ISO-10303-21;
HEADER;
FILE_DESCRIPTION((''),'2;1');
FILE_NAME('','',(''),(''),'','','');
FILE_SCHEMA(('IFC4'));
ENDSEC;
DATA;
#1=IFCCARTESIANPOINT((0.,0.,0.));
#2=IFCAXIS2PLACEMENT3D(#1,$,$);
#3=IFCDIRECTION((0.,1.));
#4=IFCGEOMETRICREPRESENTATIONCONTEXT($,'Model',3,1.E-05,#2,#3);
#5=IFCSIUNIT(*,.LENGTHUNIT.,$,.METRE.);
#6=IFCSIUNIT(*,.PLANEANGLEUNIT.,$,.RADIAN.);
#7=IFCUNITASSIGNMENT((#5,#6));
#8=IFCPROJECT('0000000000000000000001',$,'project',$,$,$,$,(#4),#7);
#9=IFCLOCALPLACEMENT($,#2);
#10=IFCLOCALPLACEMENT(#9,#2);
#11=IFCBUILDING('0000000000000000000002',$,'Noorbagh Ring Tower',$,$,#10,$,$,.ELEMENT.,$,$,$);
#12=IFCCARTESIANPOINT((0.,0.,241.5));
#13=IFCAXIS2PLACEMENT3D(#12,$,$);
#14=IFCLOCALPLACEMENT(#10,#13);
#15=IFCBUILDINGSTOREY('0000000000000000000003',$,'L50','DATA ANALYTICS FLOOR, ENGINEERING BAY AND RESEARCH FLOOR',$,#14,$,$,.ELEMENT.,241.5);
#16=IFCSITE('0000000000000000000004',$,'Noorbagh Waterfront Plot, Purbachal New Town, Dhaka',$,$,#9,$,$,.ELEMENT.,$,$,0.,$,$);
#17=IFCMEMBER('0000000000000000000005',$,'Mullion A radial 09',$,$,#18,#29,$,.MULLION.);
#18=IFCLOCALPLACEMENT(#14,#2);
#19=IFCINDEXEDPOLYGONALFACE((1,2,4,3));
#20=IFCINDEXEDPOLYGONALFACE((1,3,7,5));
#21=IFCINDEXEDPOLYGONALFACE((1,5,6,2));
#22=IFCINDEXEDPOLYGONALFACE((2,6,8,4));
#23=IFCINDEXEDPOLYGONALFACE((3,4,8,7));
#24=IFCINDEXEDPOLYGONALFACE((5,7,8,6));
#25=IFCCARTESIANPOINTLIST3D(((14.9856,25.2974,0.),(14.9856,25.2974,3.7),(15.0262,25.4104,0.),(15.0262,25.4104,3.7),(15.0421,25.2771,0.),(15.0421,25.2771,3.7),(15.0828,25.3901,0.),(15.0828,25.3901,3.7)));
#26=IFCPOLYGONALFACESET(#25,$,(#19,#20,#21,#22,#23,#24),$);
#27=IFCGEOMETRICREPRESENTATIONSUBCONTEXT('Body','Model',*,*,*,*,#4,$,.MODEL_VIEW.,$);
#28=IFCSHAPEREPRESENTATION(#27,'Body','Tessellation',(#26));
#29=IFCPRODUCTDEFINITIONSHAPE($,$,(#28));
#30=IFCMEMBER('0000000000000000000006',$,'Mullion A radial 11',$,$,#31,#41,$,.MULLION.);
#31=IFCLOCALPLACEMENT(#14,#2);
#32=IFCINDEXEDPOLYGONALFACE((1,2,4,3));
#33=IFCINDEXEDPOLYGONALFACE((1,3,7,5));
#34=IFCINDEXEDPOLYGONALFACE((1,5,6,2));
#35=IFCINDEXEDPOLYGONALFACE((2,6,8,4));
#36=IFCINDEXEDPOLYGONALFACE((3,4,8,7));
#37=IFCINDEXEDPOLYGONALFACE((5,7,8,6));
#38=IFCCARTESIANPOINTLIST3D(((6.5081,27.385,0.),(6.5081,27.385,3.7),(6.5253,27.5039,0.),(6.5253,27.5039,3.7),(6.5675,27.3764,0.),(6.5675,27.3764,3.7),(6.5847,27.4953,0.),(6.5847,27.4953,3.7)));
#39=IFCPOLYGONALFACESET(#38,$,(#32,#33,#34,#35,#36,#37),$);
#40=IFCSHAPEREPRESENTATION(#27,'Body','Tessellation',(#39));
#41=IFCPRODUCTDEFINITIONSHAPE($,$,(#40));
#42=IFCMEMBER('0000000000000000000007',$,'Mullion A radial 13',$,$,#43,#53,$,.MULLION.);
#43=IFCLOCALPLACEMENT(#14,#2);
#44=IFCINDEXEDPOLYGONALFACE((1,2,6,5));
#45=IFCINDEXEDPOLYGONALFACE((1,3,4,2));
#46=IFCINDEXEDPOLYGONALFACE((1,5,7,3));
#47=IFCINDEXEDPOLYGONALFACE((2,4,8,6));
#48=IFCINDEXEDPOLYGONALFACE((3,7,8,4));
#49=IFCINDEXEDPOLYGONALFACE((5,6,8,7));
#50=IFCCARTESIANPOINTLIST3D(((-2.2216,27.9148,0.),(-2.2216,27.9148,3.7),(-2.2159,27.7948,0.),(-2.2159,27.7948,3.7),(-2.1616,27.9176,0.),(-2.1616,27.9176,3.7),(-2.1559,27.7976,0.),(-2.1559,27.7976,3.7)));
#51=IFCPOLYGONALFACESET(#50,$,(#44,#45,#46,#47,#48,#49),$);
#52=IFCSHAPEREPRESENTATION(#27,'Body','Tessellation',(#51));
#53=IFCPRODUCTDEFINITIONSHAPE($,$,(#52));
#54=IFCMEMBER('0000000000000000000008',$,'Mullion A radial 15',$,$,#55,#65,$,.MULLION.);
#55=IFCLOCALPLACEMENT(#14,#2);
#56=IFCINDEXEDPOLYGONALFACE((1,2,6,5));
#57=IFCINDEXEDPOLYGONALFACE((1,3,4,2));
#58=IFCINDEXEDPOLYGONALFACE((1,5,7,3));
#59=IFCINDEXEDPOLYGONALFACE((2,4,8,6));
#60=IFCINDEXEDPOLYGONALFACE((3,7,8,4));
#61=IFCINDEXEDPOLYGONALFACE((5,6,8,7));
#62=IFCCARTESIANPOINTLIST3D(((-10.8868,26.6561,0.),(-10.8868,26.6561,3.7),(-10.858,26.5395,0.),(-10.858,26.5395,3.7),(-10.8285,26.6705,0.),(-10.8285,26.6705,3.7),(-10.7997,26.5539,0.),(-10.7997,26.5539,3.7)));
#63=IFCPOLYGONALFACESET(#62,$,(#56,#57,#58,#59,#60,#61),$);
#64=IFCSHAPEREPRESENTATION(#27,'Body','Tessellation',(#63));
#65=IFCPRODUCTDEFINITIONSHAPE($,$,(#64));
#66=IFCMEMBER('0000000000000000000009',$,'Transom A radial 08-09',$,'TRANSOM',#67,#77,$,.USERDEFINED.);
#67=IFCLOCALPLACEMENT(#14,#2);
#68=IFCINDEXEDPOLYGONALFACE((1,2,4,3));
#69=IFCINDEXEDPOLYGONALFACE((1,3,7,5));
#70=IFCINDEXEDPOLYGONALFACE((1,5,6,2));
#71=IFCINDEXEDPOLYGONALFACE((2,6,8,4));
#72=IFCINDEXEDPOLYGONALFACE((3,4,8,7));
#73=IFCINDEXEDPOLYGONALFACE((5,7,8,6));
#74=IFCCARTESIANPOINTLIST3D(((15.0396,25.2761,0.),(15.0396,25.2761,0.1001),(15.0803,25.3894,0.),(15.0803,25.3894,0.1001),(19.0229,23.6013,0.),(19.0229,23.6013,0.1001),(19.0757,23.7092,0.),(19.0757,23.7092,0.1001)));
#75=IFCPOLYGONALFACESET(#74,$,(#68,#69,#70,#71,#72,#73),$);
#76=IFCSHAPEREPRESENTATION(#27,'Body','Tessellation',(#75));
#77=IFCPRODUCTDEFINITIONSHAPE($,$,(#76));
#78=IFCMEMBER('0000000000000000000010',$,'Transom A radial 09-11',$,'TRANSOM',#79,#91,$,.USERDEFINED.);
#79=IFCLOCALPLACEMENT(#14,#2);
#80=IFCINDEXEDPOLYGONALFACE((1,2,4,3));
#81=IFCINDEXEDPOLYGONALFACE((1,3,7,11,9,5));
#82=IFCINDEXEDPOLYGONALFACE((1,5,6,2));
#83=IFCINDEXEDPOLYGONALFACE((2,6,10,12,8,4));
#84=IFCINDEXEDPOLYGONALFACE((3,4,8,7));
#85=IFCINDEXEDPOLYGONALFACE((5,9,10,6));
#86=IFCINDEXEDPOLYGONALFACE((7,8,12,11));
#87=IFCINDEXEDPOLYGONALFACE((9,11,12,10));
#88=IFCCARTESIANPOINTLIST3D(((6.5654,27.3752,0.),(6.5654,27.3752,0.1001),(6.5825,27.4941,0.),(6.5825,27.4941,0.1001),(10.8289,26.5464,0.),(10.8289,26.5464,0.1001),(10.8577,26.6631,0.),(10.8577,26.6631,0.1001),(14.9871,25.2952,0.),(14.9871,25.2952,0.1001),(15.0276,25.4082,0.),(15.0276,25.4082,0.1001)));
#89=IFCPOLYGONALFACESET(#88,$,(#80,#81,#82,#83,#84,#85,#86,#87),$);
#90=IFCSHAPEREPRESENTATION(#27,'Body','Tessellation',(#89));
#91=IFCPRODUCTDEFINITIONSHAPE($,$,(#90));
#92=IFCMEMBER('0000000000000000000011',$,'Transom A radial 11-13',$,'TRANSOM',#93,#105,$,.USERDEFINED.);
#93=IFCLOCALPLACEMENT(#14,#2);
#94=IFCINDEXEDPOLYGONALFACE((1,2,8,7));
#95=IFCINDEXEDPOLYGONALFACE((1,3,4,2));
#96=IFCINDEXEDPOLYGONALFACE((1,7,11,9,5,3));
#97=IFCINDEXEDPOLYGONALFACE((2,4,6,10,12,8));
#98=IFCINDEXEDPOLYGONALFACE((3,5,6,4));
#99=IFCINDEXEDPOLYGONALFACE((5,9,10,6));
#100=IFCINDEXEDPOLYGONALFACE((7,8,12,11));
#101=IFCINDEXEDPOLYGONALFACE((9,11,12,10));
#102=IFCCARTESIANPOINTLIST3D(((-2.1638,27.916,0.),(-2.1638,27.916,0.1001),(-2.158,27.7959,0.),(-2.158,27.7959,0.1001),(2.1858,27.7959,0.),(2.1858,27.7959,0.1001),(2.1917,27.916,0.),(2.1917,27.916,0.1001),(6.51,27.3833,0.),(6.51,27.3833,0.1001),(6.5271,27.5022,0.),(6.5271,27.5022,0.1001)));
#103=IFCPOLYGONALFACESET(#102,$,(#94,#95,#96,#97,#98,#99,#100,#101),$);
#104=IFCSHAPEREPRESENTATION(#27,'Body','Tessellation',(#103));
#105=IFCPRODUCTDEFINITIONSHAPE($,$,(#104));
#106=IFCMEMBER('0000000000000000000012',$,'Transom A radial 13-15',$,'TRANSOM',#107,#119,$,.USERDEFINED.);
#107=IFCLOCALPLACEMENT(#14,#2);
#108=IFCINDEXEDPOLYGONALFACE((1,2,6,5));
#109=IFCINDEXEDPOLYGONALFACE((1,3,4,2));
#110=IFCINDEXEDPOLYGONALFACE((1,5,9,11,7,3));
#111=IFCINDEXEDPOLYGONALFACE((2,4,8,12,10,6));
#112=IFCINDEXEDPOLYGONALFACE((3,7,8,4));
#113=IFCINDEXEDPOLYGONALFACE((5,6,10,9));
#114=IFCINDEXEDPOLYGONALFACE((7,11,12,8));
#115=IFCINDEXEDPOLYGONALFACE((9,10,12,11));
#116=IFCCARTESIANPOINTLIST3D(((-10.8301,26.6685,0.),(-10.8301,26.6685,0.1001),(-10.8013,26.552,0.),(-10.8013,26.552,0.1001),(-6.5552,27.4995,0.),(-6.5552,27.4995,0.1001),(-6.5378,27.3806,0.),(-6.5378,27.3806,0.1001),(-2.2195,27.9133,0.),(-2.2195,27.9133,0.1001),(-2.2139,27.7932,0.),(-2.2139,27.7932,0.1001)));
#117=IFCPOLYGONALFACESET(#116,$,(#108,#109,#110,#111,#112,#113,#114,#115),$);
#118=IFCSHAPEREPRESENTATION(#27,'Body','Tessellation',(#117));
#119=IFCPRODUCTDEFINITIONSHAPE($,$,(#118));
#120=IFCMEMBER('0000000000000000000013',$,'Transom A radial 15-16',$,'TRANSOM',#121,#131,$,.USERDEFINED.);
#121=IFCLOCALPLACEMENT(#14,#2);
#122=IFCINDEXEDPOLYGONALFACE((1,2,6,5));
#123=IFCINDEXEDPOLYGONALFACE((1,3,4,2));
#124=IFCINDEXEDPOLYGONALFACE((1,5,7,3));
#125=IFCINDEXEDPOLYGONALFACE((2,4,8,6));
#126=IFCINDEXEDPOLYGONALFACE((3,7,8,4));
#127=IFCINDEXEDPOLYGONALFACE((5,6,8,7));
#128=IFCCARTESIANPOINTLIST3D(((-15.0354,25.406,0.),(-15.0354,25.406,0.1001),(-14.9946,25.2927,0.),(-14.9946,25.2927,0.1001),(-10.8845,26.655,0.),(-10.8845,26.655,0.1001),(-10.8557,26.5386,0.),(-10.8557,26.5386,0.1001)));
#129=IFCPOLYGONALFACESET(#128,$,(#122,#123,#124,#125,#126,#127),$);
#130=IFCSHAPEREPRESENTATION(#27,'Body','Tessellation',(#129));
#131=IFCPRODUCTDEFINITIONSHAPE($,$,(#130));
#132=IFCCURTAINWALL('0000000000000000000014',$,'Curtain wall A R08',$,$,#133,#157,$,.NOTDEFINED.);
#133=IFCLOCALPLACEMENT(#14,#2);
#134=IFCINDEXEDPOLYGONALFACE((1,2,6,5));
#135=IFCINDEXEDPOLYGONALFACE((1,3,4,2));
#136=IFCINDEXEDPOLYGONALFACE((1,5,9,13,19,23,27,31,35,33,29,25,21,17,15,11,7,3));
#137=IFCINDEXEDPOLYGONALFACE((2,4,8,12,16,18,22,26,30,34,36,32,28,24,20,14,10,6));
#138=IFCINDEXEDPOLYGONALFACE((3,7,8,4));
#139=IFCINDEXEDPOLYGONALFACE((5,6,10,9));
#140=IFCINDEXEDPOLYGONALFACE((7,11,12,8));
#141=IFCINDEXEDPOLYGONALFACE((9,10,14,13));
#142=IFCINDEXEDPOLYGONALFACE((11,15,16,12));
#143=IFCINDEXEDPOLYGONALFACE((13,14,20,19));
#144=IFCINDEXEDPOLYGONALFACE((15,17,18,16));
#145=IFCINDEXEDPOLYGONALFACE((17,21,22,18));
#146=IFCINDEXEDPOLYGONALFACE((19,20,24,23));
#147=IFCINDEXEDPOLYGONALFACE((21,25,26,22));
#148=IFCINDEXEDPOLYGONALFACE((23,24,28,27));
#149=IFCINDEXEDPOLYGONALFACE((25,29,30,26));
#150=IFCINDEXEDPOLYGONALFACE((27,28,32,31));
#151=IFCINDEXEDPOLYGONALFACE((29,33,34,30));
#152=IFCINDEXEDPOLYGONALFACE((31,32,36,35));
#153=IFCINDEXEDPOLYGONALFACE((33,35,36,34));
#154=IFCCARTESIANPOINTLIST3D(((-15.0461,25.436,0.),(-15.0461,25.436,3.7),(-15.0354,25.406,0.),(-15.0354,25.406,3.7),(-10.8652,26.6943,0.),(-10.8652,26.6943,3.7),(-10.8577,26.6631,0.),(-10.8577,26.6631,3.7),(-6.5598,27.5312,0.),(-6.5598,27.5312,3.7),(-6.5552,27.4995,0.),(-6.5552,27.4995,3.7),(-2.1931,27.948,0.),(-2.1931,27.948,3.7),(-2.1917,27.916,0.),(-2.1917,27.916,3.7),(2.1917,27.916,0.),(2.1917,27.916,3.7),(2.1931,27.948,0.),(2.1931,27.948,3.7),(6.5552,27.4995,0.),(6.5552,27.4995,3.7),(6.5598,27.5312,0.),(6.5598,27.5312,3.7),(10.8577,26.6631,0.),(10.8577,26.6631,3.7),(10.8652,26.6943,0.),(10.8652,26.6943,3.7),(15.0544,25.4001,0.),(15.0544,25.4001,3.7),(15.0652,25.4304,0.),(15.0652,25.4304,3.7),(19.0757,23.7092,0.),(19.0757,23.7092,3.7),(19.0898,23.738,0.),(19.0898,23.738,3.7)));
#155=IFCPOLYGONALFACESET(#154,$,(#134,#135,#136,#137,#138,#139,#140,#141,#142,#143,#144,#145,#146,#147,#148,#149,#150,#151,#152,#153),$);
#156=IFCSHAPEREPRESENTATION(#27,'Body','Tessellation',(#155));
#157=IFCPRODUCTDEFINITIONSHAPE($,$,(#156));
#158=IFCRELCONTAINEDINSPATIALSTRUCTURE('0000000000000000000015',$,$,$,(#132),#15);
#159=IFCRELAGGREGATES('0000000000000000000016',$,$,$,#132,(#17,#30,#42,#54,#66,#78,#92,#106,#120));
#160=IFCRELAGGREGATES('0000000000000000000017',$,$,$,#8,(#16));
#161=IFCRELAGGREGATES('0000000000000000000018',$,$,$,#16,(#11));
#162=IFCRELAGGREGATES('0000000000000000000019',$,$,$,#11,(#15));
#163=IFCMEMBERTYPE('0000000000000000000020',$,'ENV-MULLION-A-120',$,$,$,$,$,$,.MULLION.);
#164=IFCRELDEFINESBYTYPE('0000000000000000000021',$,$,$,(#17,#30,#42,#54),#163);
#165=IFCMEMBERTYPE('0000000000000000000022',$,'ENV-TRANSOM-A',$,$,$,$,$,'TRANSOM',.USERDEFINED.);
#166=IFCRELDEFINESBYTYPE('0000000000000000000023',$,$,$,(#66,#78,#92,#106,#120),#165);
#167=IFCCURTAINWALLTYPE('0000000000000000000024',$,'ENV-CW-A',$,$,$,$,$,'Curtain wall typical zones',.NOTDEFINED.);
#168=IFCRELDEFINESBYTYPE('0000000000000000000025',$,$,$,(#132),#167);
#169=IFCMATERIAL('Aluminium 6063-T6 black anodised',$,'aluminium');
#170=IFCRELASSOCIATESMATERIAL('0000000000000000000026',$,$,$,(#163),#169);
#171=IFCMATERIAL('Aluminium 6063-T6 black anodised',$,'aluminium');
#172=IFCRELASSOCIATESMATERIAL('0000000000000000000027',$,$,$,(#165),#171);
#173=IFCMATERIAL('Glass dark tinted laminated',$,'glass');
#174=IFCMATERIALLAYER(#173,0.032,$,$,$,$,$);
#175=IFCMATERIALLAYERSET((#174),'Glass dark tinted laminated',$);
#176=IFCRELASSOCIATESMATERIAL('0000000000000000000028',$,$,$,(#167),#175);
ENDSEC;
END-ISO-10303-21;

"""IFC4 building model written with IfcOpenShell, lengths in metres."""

from ifc_helpers import new_model, si_unit, direction, frame, origin, origin_2d, place, context, subcontext, project, spatial, polyline, rectangle, outline, extrude, material, layer, layer_set, material_profile, profile_set, type_object, element, aggregate, save


model = new_model("IFC4")

# Units and contexts
model_context = context("Model", 3, precision=1e-05, world=origin(), true_north=direction((0.0, 1.0)))
body_context = subcontext(model_context, "Body", "Model", "MODEL_VIEW")
ifc_project = project(units=[si_unit("LENGTHUNIT", "METRE"), si_unit("PLANEANGLEUNIT", "RADIAN")], contexts=[model_context])

# Members
ifc_material_1 = material(Name="Aluminium 6063-T6 black anodised", Category="aluminium")
ifc_material_profile = material_profile(ifc_material_1, rectangle(XDim=0.1201, YDim=0.0601, at=origin_2d()), Name="120x60")
ifc_profile_set = profile_set([ifc_material_profile], Name="Aluminium 6063-T6 black anodised")
member_type_1 = type_object("IfcMemberType", Name="ENV-MULLION-A-120", PredefinedType="MULLION", material=ifc_profile_set)
site_placement = place(None, origin())
building_placement = place(site_placement, origin())
storey_placement = place(building_placement, frame((0.0, 0.0, 241.5)))
member_1_placement = place(storey_placement, frame((15.0342, 25.3438, 0.0), z_axis=(0.0, 0.0, 1.0), x_axis=(-0.338379, -0.94101, 0.0)))
member_1 = element("IfcMember", 1, at=member_1_placement, type_object=member_type_1, Name="Mullion A radial 09", PredefinedType="MULLION", context=body_context, shape_type="SweptSolid", body=[
    extrude(rectangle(XDim=0.1201, YDim=0.0601, at=origin_2d()), origin(), (0.0, 0.0, 1.0), 3.7),
])
member_2_placement = place(storey_placement, frame((6.5464, 27.4402, 0.0), z_axis=(0.0, 0.0, 1.0), x_axis=(-0.143082, -0.989711, 0.0)))
member_2 = element("IfcMember", 2, at=member_2_placement, type_object=member_type_1, Name="Mullion A radial 11", PredefinedType="MULLION", context=body_context, shape_type="SweptSolid", body=[
    extrude(rectangle(XDim=0.1201, YDim=0.0601, at=origin_2d()), origin(), (0.0, 0.0, 1.0), 3.7),
])
member_3_placement = place(storey_placement, frame((-2.1887, 27.8562, 0.0), z_axis=(0.0, 0.0, 1.0), x_axis=(0.047558, -0.998868, 0.0)))
member_3 = element("IfcMember", 3, at=member_3_placement, type_object=member_type_1, Name="Mullion A radial 13", PredefinedType="MULLION", context=body_context, shape_type="SweptSolid", body=[
    extrude(rectangle(XDim=0.1201, YDim=0.0601, at=origin_2d()), origin(), (0.0, 0.0, 1.0), 3.7),
])
member_4_placement = place(storey_placement, frame((-10.8433, 26.605, 0.0), z_axis=(0.0, 0.0, 1.0), x_axis=(0.239799, -0.970823, 0.0)))
member_4 = element("IfcMember", 4, at=member_4_placement, type_object=member_type_1, Name="Mullion A radial 15", PredefinedType="MULLION", context=body_context, shape_type="SweptSolid", body=[
    extrude(rectangle(XDim=0.1201, YDim=0.0601, at=origin_2d()), origin(), (0.0, 0.0, 1.0), 3.7),
])
ifc_material_2 = material(Name="Aluminium 6063-T6 black anodised", Category="aluminium")
member_type_2 = type_object("IfcMemberType", Name="ENV-TRANSOM-A", ElementType="TRANSOM", PredefinedType="USERDEFINED", material=ifc_material_2)
member_5_placement = place(storey_placement, origin())
member_5 = element("IfcMember", 5, at=member_5_placement, type_object=member_type_2, Name="Transom A radial 08-09", ObjectType="TRANSOM", PredefinedType="USERDEFINED", context=body_context, shape_type="SweptSolid", body=[
    extrude(outline(polyline([(19.0757, 23.7092), (15.0803, 25.3894), (15.0396, 25.2761), (19.0229, 23.6013), (19.0757, 23.7092)])), origin(), (0.0, 0.0, 1.0), 0.1001),
])
member_6_placement = place(storey_placement, origin())
member_6 = element("IfcMember", 6, at=member_6_placement, type_object=member_type_2, Name="Transom A radial 09-11", ObjectType="TRANSOM", PredefinedType="USERDEFINED", context=body_context, shape_type="SweptSolid", body=[
    extrude(outline(polyline([(15.0276, 25.4082), (10.8577, 26.6631), (6.5825, 27.4941), (6.5654, 27.3752), (10.8289, 26.5464), (14.9871, 25.2952), (15.0276, 25.4082)])), origin(), (0.0, 0.0, 1.0), 0.1001),
])
member_7_placement = place(storey_placement, origin())
member_7 = element("IfcMember", 7, at=member_7_placement, type_object=member_type_2, Name="Transom A radial 11-13", ObjectType="TRANSOM", PredefinedType="USERDEFINED", context=body_context, shape_type="SweptSolid", body=[
    extrude(outline(polyline([(6.5271, 27.5022), (2.1917, 27.916), (-2.1638, 27.916), (-2.158, 27.7959), (2.1858, 27.7959), (6.51, 27.3833), (6.5271, 27.5022)])), origin(), (0.0, 0.0, 1.0), 0.1001),
])
member_8_placement = place(storey_placement, origin())
member_8 = element("IfcMember", 8, at=member_8_placement, type_object=member_type_2, Name="Transom A radial 13-15", ObjectType="TRANSOM", PredefinedType="USERDEFINED", context=body_context, shape_type="SweptSolid", body=[
    extrude(outline(polyline([(-2.2195, 27.9133), (-6.5552, 27.4995), (-10.8301, 26.6685), (-10.8013, 26.552), (-6.5378, 27.3806), (-2.2139, 27.7932), (-2.2195, 27.9133)])), origin(), (0.0, 0.0, 1.0), 0.1001),
])
member_9_placement = place(storey_placement, origin())
member_9 = element("IfcMember", 9, at=member_9_placement, type_object=member_type_2, Name="Transom A radial 15-16", ObjectType="TRANSOM", PredefinedType="USERDEFINED", context=body_context, shape_type="SweptSolid", body=[
    extrude(outline(polyline([(-10.8845, 26.655), (-15.0354, 25.406), (-14.9946, 25.2927), (-10.8557, 26.5386), (-10.8845, 26.655)])), origin(), (0.0, 0.0, 1.0), 0.1001),
])

# Site, building, storey
site = spatial("IfcSite", under=ifc_project, at=site_placement, Name="Noorbagh Waterfront Plot, Purbachal New Town, Dhaka", CompositionType="ELEMENT", RefElevation=0.0)
building = spatial("IfcBuilding", under=site, at=building_placement, Name="Noorbagh Ring Tower", CompositionType="ELEMENT")
storey = spatial("IfcBuildingStorey", under=building, at=storey_placement, Name="L50", Description="DATA ANALYTICS FLOOR, ENGINEERING BAY AND RESEARCH FLOOR", CompositionType="ELEMENT", Elevation=241.5)

# Curtain wall
ifc_material_3 = material(Name="Glass dark tinted laminated", Category="glass")
ifc_layer = layer(ifc_material_3, 0.032)
ifc_layer_set = layer_set([ifc_layer], Name="Glass dark tinted laminated")
curtain_wall_type = type_object("IfcCurtainWallType", Name="ENV-CW-A", ElementType="Curtain wall typical zones", PredefinedType="NOTDEFINED", material=ifc_layer_set)
curtain_wall_1_placement = place(storey_placement, origin())
curtain_wall_1 = element("IfcCurtainWall", 10, at=curtain_wall_1_placement, inside=storey, type_object=curtain_wall_type, Name="Curtain wall A R08", PredefinedType="NOTDEFINED", context=body_context, shape_type="SweptSolid", body=[
    extrude(outline(polyline([(19.0898, 23.738), (15.0652, 25.4304), (10.8652, 26.6943), (6.5598, 27.5312), (2.1931, 27.948), (-2.1931, 27.948), (-6.5598, 27.5312), (-10.8652, 26.6943), (-15.0461, 25.436), (-15.0354, 25.406), (-10.8577, 26.6631), (-6.5552, 27.4995), (-2.1917, 27.916), (2.1917, 27.916), (6.5552, 27.4995), (10.8577, 26.6631), (15.0544, 25.4001), (19.0757, 23.7092), (19.0898, 23.738)])), origin(), (0.0, 0.0, 1.0), 3.7),
])
aggregate(curtain_wall_1, [member_1, member_2, member_3, member_4, member_5, member_6, member_7, member_8, member_9])

save(model, "model.ifc")
